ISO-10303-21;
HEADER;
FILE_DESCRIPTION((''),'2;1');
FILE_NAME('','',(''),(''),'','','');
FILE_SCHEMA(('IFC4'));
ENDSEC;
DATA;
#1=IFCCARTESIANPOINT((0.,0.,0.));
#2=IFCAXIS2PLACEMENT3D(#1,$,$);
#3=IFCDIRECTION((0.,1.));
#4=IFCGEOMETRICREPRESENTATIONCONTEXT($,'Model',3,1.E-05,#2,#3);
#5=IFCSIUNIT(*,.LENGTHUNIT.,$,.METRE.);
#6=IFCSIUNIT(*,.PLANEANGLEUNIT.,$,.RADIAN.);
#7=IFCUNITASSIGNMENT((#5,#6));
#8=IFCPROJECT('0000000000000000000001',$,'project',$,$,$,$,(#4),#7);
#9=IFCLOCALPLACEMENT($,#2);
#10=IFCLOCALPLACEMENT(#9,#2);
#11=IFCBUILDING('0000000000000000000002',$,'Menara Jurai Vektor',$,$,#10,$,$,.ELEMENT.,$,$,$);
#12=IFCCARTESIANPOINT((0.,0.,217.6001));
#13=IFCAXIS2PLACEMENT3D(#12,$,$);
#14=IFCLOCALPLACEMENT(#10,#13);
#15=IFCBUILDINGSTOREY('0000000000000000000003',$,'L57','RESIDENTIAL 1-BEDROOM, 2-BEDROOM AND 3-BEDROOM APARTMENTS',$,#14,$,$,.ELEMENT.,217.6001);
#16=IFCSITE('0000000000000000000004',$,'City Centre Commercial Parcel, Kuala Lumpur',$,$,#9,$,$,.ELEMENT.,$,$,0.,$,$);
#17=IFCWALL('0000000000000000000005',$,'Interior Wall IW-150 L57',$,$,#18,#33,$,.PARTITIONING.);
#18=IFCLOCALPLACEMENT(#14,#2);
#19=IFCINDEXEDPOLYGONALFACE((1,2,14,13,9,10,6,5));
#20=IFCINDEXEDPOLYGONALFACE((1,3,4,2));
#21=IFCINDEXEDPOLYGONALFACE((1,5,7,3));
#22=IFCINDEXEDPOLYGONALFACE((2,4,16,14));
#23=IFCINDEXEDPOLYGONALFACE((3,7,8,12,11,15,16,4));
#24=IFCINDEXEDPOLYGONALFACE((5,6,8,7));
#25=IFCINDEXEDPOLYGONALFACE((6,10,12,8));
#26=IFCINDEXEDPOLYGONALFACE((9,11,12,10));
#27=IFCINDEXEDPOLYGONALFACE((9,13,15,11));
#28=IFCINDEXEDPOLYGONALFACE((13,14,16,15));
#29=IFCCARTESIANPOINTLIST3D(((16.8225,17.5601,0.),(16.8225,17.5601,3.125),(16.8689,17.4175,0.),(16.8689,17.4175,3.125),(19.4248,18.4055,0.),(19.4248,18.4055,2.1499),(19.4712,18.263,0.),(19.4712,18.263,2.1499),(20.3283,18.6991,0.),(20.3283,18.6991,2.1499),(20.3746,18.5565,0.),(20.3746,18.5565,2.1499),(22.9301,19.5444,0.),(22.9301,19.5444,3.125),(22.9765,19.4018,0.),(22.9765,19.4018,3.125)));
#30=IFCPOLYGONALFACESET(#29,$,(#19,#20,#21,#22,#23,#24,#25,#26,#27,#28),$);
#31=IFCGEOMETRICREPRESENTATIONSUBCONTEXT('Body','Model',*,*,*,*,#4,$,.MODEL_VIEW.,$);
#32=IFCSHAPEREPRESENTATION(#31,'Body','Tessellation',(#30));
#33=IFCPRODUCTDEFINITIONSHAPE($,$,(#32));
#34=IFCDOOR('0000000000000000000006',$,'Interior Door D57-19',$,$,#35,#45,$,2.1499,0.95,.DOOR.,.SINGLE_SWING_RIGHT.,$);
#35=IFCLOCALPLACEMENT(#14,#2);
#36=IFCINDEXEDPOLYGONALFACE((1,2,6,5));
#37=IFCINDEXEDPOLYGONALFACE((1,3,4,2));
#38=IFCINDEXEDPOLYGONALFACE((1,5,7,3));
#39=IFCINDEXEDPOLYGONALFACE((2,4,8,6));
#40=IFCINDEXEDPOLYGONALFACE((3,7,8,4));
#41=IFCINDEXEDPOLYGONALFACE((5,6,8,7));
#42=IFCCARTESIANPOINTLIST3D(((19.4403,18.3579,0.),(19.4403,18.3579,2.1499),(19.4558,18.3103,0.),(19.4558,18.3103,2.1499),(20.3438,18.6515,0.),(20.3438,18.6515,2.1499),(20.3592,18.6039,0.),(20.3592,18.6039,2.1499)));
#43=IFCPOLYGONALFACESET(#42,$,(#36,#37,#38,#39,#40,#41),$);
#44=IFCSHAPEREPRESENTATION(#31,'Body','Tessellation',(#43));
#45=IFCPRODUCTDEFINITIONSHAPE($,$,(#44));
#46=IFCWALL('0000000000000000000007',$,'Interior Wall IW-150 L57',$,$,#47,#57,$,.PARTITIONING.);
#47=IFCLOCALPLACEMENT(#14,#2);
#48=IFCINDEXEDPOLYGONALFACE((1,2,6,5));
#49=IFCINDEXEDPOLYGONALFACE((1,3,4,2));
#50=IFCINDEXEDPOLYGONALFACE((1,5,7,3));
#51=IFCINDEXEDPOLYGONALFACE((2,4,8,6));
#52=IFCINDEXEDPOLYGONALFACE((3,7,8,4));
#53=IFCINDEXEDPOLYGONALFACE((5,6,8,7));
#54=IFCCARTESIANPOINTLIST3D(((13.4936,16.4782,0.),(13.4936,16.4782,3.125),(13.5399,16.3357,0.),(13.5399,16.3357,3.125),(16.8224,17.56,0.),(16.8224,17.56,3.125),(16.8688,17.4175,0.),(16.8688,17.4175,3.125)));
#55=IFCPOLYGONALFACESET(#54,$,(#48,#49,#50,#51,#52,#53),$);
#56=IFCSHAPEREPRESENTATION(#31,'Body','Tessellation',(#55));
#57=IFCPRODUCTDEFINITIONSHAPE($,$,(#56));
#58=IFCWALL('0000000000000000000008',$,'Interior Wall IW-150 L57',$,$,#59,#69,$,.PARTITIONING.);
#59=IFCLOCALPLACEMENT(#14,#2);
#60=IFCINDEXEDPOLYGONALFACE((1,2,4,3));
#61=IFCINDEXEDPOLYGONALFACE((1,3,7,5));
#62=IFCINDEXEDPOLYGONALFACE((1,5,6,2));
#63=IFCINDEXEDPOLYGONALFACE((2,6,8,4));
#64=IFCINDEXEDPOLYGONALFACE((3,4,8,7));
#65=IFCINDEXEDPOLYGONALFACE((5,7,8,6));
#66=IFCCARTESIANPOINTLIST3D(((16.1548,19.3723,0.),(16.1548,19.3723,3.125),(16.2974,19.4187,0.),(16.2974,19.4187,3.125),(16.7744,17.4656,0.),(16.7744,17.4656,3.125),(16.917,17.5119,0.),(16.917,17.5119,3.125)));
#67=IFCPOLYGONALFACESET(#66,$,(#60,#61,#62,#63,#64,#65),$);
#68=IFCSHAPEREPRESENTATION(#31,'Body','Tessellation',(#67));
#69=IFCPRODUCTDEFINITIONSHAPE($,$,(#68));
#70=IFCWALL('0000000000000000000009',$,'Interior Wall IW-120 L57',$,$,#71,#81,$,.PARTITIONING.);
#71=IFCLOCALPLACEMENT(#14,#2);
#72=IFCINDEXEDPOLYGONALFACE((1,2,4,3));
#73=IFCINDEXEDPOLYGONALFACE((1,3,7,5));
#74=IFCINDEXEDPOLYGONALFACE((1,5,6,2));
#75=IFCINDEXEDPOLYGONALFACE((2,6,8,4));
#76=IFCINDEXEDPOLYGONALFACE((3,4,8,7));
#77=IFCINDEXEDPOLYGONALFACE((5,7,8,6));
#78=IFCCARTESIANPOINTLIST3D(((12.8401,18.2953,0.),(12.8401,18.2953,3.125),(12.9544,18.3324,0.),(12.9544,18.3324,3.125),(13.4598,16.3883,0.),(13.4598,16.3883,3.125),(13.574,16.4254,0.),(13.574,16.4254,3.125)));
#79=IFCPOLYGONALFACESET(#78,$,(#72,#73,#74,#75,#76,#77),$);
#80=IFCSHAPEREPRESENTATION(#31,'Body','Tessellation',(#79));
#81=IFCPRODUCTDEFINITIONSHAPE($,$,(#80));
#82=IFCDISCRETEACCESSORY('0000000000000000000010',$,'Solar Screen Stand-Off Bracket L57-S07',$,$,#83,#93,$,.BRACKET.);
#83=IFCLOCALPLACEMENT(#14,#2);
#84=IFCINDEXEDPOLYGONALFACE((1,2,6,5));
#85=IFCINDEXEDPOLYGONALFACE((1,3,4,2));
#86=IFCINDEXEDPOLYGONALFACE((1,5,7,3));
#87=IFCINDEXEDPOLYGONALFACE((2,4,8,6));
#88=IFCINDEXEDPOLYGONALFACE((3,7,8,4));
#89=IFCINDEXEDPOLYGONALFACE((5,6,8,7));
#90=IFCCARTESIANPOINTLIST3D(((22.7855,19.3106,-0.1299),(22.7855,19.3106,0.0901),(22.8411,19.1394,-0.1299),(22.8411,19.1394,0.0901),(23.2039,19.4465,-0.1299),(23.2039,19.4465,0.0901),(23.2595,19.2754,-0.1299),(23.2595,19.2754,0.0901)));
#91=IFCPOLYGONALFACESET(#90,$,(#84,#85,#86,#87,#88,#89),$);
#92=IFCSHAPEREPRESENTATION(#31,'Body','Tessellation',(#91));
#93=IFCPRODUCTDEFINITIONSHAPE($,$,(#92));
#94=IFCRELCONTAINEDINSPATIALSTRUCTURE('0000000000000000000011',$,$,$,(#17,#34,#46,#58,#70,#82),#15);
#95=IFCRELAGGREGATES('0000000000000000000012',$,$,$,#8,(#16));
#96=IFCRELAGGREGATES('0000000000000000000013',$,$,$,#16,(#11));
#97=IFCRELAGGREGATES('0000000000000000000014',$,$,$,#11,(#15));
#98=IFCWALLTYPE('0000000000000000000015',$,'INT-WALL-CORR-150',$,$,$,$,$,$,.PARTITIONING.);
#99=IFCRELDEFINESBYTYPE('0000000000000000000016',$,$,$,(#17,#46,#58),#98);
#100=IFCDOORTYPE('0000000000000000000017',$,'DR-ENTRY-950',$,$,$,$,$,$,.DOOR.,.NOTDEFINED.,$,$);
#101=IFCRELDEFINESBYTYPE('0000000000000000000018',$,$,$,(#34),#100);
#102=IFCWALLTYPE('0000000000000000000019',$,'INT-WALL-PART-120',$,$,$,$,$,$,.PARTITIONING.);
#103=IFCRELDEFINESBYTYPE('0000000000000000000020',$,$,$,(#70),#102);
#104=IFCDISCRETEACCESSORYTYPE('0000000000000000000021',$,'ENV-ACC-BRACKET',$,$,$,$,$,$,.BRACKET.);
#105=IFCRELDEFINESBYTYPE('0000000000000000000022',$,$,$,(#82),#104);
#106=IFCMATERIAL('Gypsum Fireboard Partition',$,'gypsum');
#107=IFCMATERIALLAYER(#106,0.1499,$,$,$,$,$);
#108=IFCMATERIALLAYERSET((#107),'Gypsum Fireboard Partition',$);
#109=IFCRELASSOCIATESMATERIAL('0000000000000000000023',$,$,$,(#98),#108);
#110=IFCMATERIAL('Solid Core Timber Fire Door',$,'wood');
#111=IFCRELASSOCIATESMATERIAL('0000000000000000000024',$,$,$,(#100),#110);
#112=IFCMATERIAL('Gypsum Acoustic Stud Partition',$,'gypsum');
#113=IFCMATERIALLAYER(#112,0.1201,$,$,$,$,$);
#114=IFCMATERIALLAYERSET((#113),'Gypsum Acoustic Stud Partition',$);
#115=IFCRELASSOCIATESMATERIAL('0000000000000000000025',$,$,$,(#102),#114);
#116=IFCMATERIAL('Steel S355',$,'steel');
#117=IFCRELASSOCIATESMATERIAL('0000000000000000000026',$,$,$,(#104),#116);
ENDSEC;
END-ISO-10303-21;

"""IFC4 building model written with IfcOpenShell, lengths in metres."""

from ifc_helpers import new_model, si_unit, direction, frame, frame_2d, origin, origin_2d, place, context, subcontext, project, spatial, rectangle, extrude, material, layer, layer_set, type_object, element, fill, save


model = new_model("IFC4")

# Units and contexts
model_context = context("Model", 3, precision=1e-05, world=origin(), true_north=direction((0.0, 1.0)))
body_context = subcontext(model_context, "Body", "Model", "MODEL_VIEW")
ifc_project = project(units=[si_unit("LENGTHUNIT", "METRE"), si_unit("PLANEANGLEUNIT", "RADIAN")], contexts=[model_context])

# Site, building, storey
site_placement = place(None, origin())
site = spatial("IfcSite", under=ifc_project, at=site_placement, Name="City Centre Commercial Parcel, Kuala Lumpur", CompositionType="ELEMENT", RefElevation=0.0)
building_placement = place(site_placement, origin())
building = spatial("IfcBuilding", under=site, at=building_placement, Name="Menara Jurai Vektor", CompositionType="ELEMENT")
storey_placement = place(building_placement, frame((0.0, 0.0, 217.6001)))
storey = spatial("IfcBuildingStorey", under=building, at=storey_placement, Name="L57", Description="RESIDENTIAL 1-BEDROOM, 2-BEDROOM AND 3-BEDROOM APARTMENTS", CompositionType="ELEMENT", Elevation=217.6001)

# Shared definitions
ifc_material_1 = material(Name="Steel S355", Category="steel")

# Wall, opening, door
ifc_material_2 = material(Name="Gypsum Fireboard Partition", Category="gypsum")
ifc_layer_1 = layer(ifc_material_2, 0.1499)
ifc_layer_set_1 = layer_set([ifc_layer_1], Name="Gypsum Fireboard Partition")
wall_type_1 = type_object("IfcWallType", Name="INT-WALL-CORR-150", PredefinedType="PARTITIONING", material=ifc_layer_set_1)
wall_1_placement = place(storey_placement, frame((16.8457, 17.4888, 0.0), z_axis=(0.0, 0.0, 1.0), x_axis=(0.951062, 0.308999, 0.0)))
wall_1 = element("IfcWall", 1, at=wall_1_placement, inside=storey, type_object=wall_type_1, Name="Interior Wall IW-150 L57", PredefinedType="PARTITIONING", context=body_context, shape_type="SweptSolid", body=[
    extrude(rectangle(XDim=6.4219, YDim=0.1499, at=frame_2d((3.2109, 0.0))), origin(), (0.0, 0.0, 1.0), 3.125),
])
opening_placement = place(wall_1_placement, frame((2.7361, 0.0, 0.0)))
opening = element("IfcOpeningElement", 2, at=opening_placement, cuts=wall_1, PredefinedType="OPENING", context=body_context, shape_type="SweptSolid", body=[
    extrude(rectangle(XDim=0.95, YDim=2.1499, at=frame_2d((0.4751, 1.075))), frame((0.0, 0.085, 0.0), z_axis=(0.0, -1.0, 0.0), x_axis=(1.0, 0.0, 0.0)), (0.0, 0.0, 1.0), 0.1699),
])
ifc_material_3 = material(Name="Solid Core Timber Fire Door", Category="wood")
door_type = type_object("IfcDoorType", Name="DR-ENTRY-950", OperationType="NOTDEFINED", PredefinedType="DOOR", material=ifc_material_3)
door_placement = place(opening_placement, origin())
door = element("IfcDoor", 3, at=door_placement, inside=storey, type_object=door_type, Name="Interior Door D57-19", OperationType="SINGLE_SWING_RIGHT", OverallHeight=2.1499, OverallWidth=0.95, PredefinedType="DOOR", context=body_context, shape_type="SweptSolid", body=[
    extrude(rectangle(XDim=0.95, YDim=2.1499, at=frame_2d((0.4751, 1.075))), frame((0.0, 0.0249, 0.0), z_axis=(0.0, -1.0, 0.0), x_axis=(1.0, 0.0, 0.0)), (0.0, 0.0, 1.0), 0.05),
])
fill(opening, door)

# Walls
wall_2_placement = place(storey_placement, frame((13.5168, 16.407, 0.0), z_axis=(0.0, 0.0, 1.0), x_axis=(0.951042, 0.309062, 0.0)))
element("IfcWall", 4, at=wall_2_placement, inside=storey, type_object=wall_type_1, Name="Interior Wall IW-150 L57", PredefinedType="PARTITIONING", context=body_context, shape_type="SweptSolid", body=[
    extrude(rectangle(XDim=3.5002, YDim=0.1499, at=frame_2d((1.75, 0.0))), origin(), (0.0, 0.0, 1.0), 3.125),
])
wall_3_placement = place(storey_placement, frame((16.8457, 17.4888, 0.0), z_axis=(0.0, 0.0, 1.0), x_axis=(-0.309059, 0.951043, 0.0)))
element("IfcWall", 5, at=wall_3_placement, inside=storey, type_object=wall_type_1, Name="Interior Wall IW-150 L57", PredefinedType="PARTITIONING", context=body_context, shape_type="SweptSolid", body=[
    extrude(rectangle(XDim=2.0049, YDim=0.1499, at=frame_2d((1.0024, 0.0))), origin(), (0.0, 0.0, 1.0), 3.125),
])
ifc_material_4 = material(Name="Gypsum Acoustic Stud Partition", Category="gypsum")
ifc_layer_2 = layer(ifc_material_4, 0.1201)
ifc_layer_set_2 = layer_set([ifc_layer_2], Name="Gypsum Acoustic Stud Partition")
wall_type_2 = type_object("IfcWallType", Name="INT-WALL-PART-120", PredefinedType="PARTITIONING", material=ifc_layer_set_2)
wall_4_placement = place(storey_placement, frame((13.5168, 16.407, 0.0), z_axis=(0.0, 0.0, 1.0), x_axis=(-0.309023, 0.951055, 0.0)))
element("IfcWall", 6, at=wall_4_placement, inside=storey, type_object=wall_type_2, Name="Interior Wall IW-120 L57", PredefinedType="PARTITIONING", context=body_context, shape_type="SweptSolid", body=[
    extrude(rectangle(XDim=2.0051, YDim=0.1201, at=frame_2d((1.0024, 0.0))), origin(), (0.0, 0.0, 1.0), 3.125),
])

# Discrete accessory
discrete_accessory_type = type_object("IfcDiscreteAccessoryType", Name="ENV-ACC-BRACKET", PredefinedType="BRACKET", material=ifc_material_1)
discrete_accessory_placement = place(storey_placement, frame((23.0225, 19.293, -0.1299), z_axis=(0.0, 0.0, 1.0), x_axis=(-0.309017, 0.951057, 0.0)))
element("IfcDiscreteAccessory", 7, at=discrete_accessory_placement, inside=storey, type_object=discrete_accessory_type, Name="Solar Screen Stand-Off Bracket L57-S07", PredefinedType="BRACKET", context=body_context, shape_type="SweptSolid", body=[
    extrude(rectangle(XDim=0.1799, YDim=0.4399, at=origin_2d()), origin(), (0.0, 0.0, 1.0), 0.22),
])

save(model, "model.ifc")
